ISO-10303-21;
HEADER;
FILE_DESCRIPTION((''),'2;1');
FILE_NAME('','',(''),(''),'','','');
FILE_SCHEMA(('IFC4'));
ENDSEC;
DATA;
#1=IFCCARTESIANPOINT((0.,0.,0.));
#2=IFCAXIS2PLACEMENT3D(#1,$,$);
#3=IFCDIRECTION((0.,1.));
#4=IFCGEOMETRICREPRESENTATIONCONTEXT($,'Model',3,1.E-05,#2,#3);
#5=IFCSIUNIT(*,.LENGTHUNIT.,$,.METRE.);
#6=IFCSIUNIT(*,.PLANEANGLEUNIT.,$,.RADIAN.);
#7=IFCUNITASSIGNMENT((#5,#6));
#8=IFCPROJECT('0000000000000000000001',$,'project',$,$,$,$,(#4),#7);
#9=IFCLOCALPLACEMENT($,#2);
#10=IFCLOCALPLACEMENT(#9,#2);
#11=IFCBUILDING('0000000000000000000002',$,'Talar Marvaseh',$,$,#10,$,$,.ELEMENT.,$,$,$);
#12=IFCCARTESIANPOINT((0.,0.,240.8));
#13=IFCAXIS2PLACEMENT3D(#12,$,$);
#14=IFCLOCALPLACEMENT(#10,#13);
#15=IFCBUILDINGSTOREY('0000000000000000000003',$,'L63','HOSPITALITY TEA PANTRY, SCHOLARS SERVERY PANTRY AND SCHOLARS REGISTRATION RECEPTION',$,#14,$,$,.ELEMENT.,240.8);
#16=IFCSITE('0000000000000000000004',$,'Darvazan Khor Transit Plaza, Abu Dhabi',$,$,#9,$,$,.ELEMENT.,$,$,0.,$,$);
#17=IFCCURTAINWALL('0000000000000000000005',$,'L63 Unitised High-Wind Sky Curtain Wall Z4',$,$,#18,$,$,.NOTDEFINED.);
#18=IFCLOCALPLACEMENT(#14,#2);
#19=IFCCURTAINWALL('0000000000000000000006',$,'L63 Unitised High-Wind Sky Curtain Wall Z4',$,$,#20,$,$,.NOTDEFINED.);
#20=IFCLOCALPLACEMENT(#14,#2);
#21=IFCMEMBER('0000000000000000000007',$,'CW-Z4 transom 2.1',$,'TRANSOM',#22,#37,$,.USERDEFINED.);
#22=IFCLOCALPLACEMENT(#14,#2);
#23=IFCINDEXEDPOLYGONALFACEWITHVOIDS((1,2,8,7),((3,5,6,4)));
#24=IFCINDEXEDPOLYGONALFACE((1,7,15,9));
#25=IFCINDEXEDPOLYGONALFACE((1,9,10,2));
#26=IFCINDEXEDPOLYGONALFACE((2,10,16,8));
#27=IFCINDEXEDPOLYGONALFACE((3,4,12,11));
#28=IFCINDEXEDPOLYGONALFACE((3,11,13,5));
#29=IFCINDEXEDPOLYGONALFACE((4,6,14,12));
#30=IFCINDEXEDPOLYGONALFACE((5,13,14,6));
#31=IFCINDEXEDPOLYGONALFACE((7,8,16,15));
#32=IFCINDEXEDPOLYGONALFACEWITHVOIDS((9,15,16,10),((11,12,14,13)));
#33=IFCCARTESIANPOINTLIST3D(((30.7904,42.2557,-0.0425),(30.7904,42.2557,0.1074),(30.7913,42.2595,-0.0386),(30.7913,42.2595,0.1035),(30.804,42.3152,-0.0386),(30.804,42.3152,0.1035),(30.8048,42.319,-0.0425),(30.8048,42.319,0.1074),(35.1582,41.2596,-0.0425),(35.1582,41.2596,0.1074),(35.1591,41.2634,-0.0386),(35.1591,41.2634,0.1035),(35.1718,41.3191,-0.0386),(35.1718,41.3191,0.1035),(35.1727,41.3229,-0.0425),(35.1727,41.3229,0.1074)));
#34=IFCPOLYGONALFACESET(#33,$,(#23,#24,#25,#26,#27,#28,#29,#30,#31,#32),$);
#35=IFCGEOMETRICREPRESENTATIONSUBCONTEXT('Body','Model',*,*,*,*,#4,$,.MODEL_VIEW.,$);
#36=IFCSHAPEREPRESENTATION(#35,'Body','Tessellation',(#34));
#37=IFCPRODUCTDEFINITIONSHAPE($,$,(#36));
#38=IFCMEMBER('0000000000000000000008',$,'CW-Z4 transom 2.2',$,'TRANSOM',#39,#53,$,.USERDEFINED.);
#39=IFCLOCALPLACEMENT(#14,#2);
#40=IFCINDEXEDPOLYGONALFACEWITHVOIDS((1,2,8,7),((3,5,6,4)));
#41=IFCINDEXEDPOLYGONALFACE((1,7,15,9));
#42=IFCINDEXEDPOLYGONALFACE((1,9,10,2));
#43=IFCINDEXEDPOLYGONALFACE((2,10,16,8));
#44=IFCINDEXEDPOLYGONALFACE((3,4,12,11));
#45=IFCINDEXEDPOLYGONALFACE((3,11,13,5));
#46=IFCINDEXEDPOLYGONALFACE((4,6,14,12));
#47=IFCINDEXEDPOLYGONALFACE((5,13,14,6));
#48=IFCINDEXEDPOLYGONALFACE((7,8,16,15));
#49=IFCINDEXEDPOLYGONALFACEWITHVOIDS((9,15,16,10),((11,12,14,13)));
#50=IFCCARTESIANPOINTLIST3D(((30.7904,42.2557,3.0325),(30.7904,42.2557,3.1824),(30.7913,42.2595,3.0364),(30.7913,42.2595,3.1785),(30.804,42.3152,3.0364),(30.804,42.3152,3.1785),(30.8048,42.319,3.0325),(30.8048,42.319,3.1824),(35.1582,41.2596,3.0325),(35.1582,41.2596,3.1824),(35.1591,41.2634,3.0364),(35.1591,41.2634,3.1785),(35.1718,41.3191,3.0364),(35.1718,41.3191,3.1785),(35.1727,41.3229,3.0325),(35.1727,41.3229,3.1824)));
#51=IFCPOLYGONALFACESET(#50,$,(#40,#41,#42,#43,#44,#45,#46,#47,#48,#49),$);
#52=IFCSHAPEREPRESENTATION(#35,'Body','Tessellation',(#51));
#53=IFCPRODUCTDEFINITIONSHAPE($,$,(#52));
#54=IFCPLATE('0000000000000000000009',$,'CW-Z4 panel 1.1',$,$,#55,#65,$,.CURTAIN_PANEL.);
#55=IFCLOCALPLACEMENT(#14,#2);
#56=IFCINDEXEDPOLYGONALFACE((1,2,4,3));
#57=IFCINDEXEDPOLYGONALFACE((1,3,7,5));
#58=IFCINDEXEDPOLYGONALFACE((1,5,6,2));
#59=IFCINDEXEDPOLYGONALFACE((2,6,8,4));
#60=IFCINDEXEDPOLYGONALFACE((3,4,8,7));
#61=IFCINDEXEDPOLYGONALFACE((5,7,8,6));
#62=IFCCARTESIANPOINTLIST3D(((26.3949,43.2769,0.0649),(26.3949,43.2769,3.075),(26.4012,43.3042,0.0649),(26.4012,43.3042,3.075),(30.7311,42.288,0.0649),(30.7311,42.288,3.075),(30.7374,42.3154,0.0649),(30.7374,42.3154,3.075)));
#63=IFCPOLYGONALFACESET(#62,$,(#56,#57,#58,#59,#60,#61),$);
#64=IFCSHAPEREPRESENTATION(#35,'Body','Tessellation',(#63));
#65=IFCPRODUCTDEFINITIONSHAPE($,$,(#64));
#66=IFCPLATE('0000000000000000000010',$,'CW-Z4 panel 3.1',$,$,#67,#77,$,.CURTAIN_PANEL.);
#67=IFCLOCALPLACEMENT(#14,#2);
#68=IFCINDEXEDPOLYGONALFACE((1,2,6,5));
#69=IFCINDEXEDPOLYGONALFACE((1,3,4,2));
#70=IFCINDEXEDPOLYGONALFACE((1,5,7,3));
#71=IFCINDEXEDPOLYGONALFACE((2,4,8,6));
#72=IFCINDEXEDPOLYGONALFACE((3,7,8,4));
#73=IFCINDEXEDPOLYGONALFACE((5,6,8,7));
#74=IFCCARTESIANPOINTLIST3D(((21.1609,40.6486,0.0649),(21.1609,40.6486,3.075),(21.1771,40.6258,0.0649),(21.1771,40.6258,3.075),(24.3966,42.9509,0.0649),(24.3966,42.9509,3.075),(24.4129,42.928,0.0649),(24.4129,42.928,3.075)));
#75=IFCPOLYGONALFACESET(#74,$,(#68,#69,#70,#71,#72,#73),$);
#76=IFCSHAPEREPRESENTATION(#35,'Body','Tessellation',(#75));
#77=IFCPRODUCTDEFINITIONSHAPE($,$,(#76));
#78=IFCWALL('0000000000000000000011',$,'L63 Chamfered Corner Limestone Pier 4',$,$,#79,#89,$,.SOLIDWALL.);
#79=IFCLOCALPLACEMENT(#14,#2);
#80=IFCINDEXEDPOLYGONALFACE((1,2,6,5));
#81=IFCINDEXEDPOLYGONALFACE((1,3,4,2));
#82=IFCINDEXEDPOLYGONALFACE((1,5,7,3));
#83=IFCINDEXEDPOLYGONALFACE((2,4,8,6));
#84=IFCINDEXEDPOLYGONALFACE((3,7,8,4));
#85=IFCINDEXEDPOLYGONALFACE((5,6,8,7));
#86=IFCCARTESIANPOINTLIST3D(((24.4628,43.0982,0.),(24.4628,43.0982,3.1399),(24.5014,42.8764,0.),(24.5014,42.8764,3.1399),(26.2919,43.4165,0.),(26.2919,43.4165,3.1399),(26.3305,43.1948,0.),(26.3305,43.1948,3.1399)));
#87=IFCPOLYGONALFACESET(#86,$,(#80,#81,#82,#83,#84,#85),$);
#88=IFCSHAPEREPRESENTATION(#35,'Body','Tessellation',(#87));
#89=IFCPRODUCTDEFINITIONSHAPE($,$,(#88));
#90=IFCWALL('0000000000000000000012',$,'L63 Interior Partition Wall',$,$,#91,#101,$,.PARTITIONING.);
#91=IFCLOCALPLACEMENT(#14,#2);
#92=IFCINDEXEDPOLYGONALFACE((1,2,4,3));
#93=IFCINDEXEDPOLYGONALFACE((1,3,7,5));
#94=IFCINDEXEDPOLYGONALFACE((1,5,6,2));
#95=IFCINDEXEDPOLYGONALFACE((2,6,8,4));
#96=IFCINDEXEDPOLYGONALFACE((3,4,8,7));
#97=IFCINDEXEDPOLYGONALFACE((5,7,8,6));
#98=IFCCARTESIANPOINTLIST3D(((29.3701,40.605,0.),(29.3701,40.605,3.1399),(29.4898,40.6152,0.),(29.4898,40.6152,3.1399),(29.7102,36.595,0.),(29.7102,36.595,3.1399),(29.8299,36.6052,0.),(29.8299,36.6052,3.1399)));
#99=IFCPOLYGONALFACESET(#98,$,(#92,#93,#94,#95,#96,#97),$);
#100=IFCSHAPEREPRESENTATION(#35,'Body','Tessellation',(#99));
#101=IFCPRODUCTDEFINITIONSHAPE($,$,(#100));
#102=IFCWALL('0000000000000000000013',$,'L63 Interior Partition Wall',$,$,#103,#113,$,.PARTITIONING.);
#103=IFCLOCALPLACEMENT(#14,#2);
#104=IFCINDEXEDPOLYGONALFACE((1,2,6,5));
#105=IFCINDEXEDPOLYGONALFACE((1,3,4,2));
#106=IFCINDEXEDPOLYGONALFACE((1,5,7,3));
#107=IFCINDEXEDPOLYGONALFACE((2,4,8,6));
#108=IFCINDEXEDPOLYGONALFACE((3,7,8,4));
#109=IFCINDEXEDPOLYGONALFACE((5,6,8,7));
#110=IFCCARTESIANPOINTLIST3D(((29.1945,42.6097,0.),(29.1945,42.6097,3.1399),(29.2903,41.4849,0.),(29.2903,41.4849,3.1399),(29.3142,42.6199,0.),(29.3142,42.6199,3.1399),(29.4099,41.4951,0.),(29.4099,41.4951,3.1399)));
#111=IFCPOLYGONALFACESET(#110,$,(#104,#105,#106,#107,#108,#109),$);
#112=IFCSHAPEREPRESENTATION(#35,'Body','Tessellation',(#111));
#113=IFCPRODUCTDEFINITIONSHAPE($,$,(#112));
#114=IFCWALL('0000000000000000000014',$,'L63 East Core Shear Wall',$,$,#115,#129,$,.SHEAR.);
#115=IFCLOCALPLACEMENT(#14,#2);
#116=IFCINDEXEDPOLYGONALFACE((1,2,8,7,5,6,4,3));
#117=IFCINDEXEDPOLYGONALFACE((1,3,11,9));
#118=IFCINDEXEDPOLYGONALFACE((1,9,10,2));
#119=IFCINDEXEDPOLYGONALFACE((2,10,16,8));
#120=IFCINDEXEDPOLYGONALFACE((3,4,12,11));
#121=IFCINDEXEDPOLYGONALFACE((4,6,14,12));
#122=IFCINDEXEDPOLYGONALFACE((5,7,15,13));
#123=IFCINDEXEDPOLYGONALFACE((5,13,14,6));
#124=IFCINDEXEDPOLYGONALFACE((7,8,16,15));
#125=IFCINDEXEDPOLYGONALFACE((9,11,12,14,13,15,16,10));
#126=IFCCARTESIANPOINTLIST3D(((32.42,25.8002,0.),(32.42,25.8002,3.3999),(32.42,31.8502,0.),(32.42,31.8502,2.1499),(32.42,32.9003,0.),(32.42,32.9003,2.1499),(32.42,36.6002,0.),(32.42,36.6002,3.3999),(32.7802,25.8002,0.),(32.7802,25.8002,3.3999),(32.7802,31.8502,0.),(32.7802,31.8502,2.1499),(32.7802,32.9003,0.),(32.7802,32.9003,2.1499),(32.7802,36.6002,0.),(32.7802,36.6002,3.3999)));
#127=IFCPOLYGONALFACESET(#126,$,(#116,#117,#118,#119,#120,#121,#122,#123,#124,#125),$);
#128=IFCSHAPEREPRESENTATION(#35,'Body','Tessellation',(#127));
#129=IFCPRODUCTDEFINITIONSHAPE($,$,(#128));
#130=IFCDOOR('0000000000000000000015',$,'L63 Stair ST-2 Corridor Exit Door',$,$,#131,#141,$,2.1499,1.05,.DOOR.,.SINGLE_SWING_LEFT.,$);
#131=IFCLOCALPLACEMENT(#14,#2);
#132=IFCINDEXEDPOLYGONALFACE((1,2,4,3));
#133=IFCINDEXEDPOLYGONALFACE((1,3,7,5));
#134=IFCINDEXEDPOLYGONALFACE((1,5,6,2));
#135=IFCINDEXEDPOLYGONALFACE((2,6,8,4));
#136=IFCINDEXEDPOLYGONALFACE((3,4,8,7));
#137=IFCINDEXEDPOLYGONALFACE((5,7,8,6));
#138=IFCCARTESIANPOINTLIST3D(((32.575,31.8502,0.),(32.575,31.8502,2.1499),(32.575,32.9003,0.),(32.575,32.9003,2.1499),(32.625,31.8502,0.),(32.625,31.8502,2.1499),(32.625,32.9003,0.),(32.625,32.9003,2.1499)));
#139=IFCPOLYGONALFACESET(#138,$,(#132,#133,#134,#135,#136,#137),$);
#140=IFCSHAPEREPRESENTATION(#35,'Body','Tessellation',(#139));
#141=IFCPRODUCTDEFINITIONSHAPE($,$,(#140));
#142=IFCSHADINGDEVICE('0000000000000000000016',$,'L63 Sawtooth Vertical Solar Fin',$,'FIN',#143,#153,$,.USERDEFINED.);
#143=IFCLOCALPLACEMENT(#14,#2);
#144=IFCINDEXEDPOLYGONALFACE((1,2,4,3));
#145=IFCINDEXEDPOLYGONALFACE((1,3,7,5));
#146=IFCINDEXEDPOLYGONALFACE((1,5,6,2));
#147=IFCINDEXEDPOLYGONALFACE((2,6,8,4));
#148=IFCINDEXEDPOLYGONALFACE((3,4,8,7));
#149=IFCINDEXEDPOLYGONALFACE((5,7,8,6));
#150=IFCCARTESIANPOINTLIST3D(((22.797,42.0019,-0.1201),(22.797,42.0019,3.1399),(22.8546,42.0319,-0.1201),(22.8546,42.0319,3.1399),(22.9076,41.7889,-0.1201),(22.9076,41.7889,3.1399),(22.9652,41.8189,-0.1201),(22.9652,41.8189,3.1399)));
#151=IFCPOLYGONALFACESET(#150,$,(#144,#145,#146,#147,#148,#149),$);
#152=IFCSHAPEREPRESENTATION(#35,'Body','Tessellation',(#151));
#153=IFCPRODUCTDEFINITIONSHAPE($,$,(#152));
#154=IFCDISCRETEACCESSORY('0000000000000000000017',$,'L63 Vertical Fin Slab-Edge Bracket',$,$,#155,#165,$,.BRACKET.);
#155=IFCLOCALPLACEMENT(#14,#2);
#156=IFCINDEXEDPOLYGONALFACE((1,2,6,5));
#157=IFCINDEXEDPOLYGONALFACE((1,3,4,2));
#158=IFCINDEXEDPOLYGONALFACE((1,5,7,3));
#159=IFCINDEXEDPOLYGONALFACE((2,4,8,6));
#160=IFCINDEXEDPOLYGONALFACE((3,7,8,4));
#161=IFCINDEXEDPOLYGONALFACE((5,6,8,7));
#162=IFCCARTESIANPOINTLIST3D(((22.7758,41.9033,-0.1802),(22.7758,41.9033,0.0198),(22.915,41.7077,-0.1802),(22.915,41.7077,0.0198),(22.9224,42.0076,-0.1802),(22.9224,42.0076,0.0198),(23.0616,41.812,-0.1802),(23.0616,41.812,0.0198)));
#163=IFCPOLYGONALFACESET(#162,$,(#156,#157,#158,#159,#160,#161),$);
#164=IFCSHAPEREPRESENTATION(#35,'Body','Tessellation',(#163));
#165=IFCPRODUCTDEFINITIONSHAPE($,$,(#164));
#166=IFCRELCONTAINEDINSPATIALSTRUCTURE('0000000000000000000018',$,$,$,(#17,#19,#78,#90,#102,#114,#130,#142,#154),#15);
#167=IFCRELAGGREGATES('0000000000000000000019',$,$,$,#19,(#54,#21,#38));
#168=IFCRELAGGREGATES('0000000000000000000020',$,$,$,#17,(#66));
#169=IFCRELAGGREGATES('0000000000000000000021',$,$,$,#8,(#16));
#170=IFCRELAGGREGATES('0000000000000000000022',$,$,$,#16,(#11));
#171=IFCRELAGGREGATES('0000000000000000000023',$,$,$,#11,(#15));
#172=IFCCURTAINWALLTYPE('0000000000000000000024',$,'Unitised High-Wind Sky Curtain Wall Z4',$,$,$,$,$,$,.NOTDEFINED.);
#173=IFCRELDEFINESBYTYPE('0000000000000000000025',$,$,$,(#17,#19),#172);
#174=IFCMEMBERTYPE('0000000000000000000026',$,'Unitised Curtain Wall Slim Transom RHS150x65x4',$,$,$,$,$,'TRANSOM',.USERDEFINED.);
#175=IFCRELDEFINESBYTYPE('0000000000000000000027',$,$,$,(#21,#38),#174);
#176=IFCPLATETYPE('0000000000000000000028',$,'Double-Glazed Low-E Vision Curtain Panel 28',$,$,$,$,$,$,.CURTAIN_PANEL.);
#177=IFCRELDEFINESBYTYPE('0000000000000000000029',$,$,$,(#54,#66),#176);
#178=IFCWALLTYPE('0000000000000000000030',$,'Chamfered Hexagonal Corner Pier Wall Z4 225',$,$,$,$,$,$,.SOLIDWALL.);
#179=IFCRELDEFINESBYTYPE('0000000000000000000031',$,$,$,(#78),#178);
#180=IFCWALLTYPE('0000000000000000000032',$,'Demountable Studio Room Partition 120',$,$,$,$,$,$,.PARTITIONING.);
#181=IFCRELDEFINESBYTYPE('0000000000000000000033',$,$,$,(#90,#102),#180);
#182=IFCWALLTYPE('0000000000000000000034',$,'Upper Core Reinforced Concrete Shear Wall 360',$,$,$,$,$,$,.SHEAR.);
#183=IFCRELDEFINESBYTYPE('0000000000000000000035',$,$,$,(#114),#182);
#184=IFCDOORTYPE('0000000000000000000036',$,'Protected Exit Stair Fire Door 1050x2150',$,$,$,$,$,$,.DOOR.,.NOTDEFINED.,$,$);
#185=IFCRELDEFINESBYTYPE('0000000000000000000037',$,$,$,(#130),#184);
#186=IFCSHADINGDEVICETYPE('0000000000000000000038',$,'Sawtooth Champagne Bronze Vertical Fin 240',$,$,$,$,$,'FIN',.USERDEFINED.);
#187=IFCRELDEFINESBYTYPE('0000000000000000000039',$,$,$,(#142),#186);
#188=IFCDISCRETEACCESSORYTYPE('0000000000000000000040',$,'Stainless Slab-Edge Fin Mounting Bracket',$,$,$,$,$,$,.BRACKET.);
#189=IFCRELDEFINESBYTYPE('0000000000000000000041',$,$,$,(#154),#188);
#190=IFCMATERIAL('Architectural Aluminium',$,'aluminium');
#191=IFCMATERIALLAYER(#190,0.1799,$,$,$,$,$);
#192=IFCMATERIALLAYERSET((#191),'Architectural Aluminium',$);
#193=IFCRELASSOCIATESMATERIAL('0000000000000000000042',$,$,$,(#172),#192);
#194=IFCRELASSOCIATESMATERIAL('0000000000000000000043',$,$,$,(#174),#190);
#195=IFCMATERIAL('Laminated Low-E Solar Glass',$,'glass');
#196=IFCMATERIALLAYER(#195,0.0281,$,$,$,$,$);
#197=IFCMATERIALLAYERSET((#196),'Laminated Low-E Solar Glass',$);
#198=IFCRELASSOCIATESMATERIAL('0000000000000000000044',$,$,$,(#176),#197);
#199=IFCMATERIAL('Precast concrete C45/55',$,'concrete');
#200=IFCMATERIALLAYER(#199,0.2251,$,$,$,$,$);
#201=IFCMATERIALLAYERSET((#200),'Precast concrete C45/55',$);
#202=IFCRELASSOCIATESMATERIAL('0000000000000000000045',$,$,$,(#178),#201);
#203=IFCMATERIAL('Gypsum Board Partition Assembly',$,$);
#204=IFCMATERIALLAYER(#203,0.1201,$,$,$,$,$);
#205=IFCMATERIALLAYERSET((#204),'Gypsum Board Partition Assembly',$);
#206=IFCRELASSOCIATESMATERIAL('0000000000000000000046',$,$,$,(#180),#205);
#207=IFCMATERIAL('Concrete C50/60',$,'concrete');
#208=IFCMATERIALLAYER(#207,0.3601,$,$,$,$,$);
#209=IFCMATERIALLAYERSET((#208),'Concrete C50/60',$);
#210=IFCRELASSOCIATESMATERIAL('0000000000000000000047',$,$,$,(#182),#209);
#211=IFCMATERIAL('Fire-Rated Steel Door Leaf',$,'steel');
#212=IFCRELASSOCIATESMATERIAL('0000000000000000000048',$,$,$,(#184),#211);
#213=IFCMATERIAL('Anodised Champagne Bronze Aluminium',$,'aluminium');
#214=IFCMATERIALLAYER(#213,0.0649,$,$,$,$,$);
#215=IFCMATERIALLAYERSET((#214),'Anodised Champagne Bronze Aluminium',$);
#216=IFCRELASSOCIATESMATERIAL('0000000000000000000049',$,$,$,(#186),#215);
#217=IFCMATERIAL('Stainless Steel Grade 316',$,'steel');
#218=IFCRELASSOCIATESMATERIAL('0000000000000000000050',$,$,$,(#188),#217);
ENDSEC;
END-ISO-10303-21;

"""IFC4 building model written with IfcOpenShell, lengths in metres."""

from ifc_helpers import new_model, si_unit, direction, frame, frame_2d, origin, origin_2d, place, context, subcontext, project, spatial, rectangle, hollow_rectangle, extrude, source, transform, mapped, material, layer, layer_set, material_profile, profile_set, type_object, type_shapes, element, fill, aggregate, save


model = new_model("IFC4")

# Units and contexts
model_context = context("Model", 3, precision=1e-05, world=origin(), true_north=direction((0.0, 1.0)))
body_context = subcontext(model_context, "Body", "Model", "MODEL_VIEW")
ifc_project = project(units=[si_unit("LENGTHUNIT", "METRE"), si_unit("PLANEANGLEUNIT", "RADIAN")], contexts=[model_context])

# Site, building, storey
site_placement = place(None, origin())
site = spatial("IfcSite", under=ifc_project, at=site_placement, Name="Darvazan Khor Transit Plaza, Abu Dhabi", CompositionType="ELEMENT", RefElevation=0.0)
building_placement = place(site_placement, origin())
building = spatial("IfcBuilding", under=site, at=building_placement, Name="Talar Marvaseh", CompositionType="ELEMENT")
storey_placement = place(building_placement, frame((0.0, 0.0, 240.8)))
storey = spatial("IfcBuildingStorey", under=building, at=storey_placement, Name="L63", Description="HOSPITALITY TEA PANTRY, SCHOLARS SERVERY PANTRY AND SCHOLARS REGISTRATION RECEPTION", CompositionType="ELEMENT", Elevation=240.8)

# Shared definitions
ifc_material_1 = material(Name="Concrete C50/60", Category="concrete")

# Curtain wall
ifc_material_2 = material(Name="Architectural Aluminium", Category="aluminium")
ifc_layer_1 = layer(ifc_material_2, 0.1799)
ifc_layer_set_1 = layer_set([ifc_layer_1], Name="Architectural Aluminium")
curtain_wall_type = type_object("IfcCurtainWallType", Name="Unitised High-Wind Sky Curtain Wall Z4", PredefinedType="NOTDEFINED", material=ifc_layer_set_1)
curtain_wall_1_placement = place(storey_placement, origin())
curtain_wall_1 = element("IfcCurtainWall", 1, at=curtain_wall_1_placement, inside=storey, type_object=curtain_wall_type, Name="L63 Unitised High-Wind Sky Curtain Wall Z4", PredefinedType="NOTDEFINED")

# Curtain wall, members, plate
curtain_wall_2_placement = place(storey_placement, origin())
curtain_wall_2 = element("IfcCurtainWall", 2, at=curtain_wall_2_placement, inside=storey, type_object=curtain_wall_type, Name="L63 Unitised High-Wind Sky Curtain Wall Z4", PredefinedType="NOTDEFINED")
ifc_material_profile_1 = material_profile(ifc_material_2, hollow_rectangle(XDim=0.0649, YDim=0.1499, WallThickness=0.0039, at=origin_2d()), Name="RHS150x65x4")
ifc_profile_set_1 = profile_set([ifc_material_profile_1], Name="Architectural Aluminium")
member_type_1 = type_object("IfcMemberType", Name="Unitised Curtain Wall Slim Transom RHS150x65x4", ElementType="TRANSOM", PredefinedType="USERDEFINED", material=ifc_profile_set_1)
shared_shape_1 = source(origin(), body_context, "Body", "SweptSolid", [
    extrude(hollow_rectangle(XDim=0.0649, YDim=0.1499, WallThickness=0.0039, at=origin_2d()), origin(), (0.0, 0.0, 1.0), 4.48),
])
member_1_placement = place(storey_placement, frame((30.7976, 42.2874, 0.0325), z_axis=(0.974969, -0.222339, 0.0), x_axis=(0.222339, 0.974969, 0.0)))
member_1 = element("IfcMember", 3, at=member_1_placement, type_object=member_type_1, Name="CW-Z4 transom 2.1", ObjectType="TRANSOM", PredefinedType="USERDEFINED", context=body_context, shape_type="MappedRepresentation", body=[
    mapped(shared_shape_1, transform((0.0, 0.0, 0.0), x_axis=(1.0, 0.0, 0.0), y_axis=(0.0, 1.0, 0.0), z_axis=(0.0, 0.0, 1.0), scale=1.0)),
])
member_2_placement = place(storey_placement, frame((30.7976, 42.2874, 3.1074), z_axis=(0.974969, -0.222339, 0.0), x_axis=(0.222339, 0.974969, 0.0)))
member_2 = element("IfcMember", 4, at=member_2_placement, type_object=member_type_1, Name="CW-Z4 transom 2.2", ObjectType="TRANSOM", PredefinedType="USERDEFINED", context=body_context, shape_type="MappedRepresentation", body=[
    mapped(shared_shape_1, transform((0.0, 0.0, 0.0), x_axis=(1.0, 0.0, 0.0), y_axis=(0.0, 1.0, 0.0), z_axis=(0.0, 0.0, 1.0), scale=1.0)),
])
ifc_material_3 = material(Name="Laminated Low-E Solar Glass", Category="glass")
ifc_layer_2 = layer(ifc_material_3, 0.0281)
ifc_layer_set_2 = layer_set([ifc_layer_2], Name="Laminated Low-E Solar Glass")
plate_type = type_object("IfcPlateType", Name="Double-Glazed Low-E Vision Curtain Panel 28", PredefinedType="CURTAIN_PANEL", material=ifc_layer_set_2)
shared_shape_2 = source(origin(), body_context, "Body", "SweptSolid", [
    extrude(rectangle(XDim=4.4475, YDim=0.0281, at=origin_2d()), origin(), (0.0, 0.0, 1.0), 3.01),
])
plate_1_placement = place(storey_placement, frame((28.5662, 42.7961, 0.0649), z_axis=(0.0, 0.0, 1.0), x_axis=(0.97497, -0.222336, 0.0)))
plate_1 = element("IfcPlate", 5, at=plate_1_placement, type_object=plate_type, Name="CW-Z4 panel 1.1", PredefinedType="CURTAIN_PANEL", context=body_context, shape_type="MappedRepresentation", body=[
    mapped(shared_shape_2, transform((0.0, 0.0, 0.0), x_axis=(1.0, 0.0, 0.0), y_axis=(0.0, 1.0, 0.0), z_axis=(0.0, 0.0, 1.0), scale=1.0)),
])
aggregate(curtain_wall_2, [plate_1, member_1, member_2])

# Plate
shared_shape_3 = source(origin(), body_context, "Body", "SweptSolid", [
    extrude(rectangle(XDim=3.9712, YDim=0.0281, at=origin_2d()), origin(), (0.0, 0.0, 1.0), 3.01),
])
type_shapes(plate_type, [shared_shape_2, shared_shape_3])
plate_2_placement = place(storey_placement, frame((22.7869, 41.7883, 0.0649), z_axis=(0.0, 0.0, 1.0), x_axis=(0.8148, 0.579742, 0.0)))
plate_2 = element("IfcPlate", 6, at=plate_2_placement, type_object=plate_type, Name="CW-Z4 panel 3.1", PredefinedType="CURTAIN_PANEL", context=body_context, shape_type="MappedRepresentation", body=[
    mapped(shared_shape_3, transform((0.0, 0.0, 0.0), x_axis=(1.0, 0.0, 0.0), y_axis=(0.0, 1.0, 0.0), z_axis=(0.0, 0.0, 1.0), scale=1.0)),
])
aggregate(curtain_wall_1, [plate_2])

# Walls
ifc_material_4 = material(Name="Precast concrete C45/55", Category="concrete")
ifc_layer_3 = layer(ifc_material_4, 0.2251)
ifc_layer_set_3 = layer_set([ifc_layer_3], Name="Precast concrete C45/55")
wall_type_1 = type_object("IfcWallType", Name="Chamfered Hexagonal Corner Pier Wall Z4 225", PredefinedType="SOLIDWALL", material=ifc_layer_set_3)
wall_1_placement = place(storey_placement, frame((24.4822, 42.9873, 0.0), z_axis=(0.0, 0.0, 1.0), x_axis=(0.985189, 0.171474, 0.0)))
element("IfcWall", 7, at=wall_1_placement, inside=storey, type_object=wall_type_1, Name="L63 Chamfered Corner Limestone Pier 4", PredefinedType="SOLIDWALL", context=body_context, shape_type="SweptSolid", body=[
    extrude(rectangle(XDim=1.8567, YDim=0.2251, at=frame_2d((0.9282, 0.0))), origin(), (0.0, 0.0, 1.0), 3.1399),
])
ifc_material_5 = material(Name="Gypsum Board Partition Assembly")
ifc_layer_4 = layer(ifc_material_5, 0.1201)
ifc_layer_set_4 = layer_set([ifc_layer_4], Name="Gypsum Board Partition Assembly")
wall_type_2 = type_object("IfcWallType", Name="Demountable Studio Room Partition 120", PredefinedType="PARTITIONING", material=ifc_layer_set_4)
wall_2_placement = place(storey_placement, frame((29.77, 36.6001, 0.0), z_axis=(0.0, 0.0, 1.0), x_axis=(-0.084506, 0.996423, 0.0)))
element("IfcWall", 8, at=wall_2_placement, inside=storey, type_object=wall_type_2, Name="L63 Interior Partition Wall", PredefinedType="PARTITIONING", context=body_context, shape_type="SweptSolid", body=[
    extrude(rectangle(XDim=4.0244, YDim=0.1201, at=frame_2d((2.0122, 0.0))), origin(), (0.0, 0.0, 1.0), 3.1399),
])
wall_3_placement = place(storey_placement, frame((29.3501, 41.49, 0.0), z_axis=(0.0, 0.0, 1.0), x_axis=(-0.084782, 0.9964, 0.0)))
element("IfcWall", 9, at=wall_3_placement, inside=storey, type_object=wall_type_2, Name="L63 Interior Partition Wall", PredefinedType="PARTITIONING", context=body_context, shape_type="SweptSolid", body=[
    extrude(rectangle(XDim=1.1289, YDim=0.1201, at=frame_2d((0.5645, 0.0))), origin(), (0.0, 0.0, 1.0), 3.1399),
])

# Wall, opening, door
ifc_layer_5 = layer(ifc_material_1, 0.3601)
ifc_layer_set_5 = layer_set([ifc_layer_5], Name="Concrete C50/60")
wall_type_3 = type_object("IfcWallType", Name="Upper Core Reinforced Concrete Shear Wall 360", PredefinedType="SHEAR", material=ifc_layer_set_5)
wall_4_placement = place(storey_placement, frame((32.6001, 36.6001, 0.0), z_axis=(0.0, 0.0, 1.0), x_axis=(0.0, -1.0, 0.0)))
wall_4 = element("IfcWall", 10, at=wall_4_placement, inside=storey, type_object=wall_type_3, Name="L63 East Core Shear Wall", PredefinedType="SHEAR", context=body_context, shape_type="SweptSolid", body=[
    extrude(rectangle(XDim=10.8, YDim=0.3601, at=frame_2d((5.3999, 0.0))), origin(), (0.0, 0.0, 1.0), 3.3999),
])
opening_placement = place(wall_4_placement, frame((3.7, 0.0, 0.0)))
opening = element("IfcOpeningElement", 11, at=opening_placement, cuts=wall_4, PredefinedType="OPENING", context=body_context, shape_type="SweptSolid", body=[
    extrude(rectangle(XDim=1.05, YDim=2.1499, at=frame_2d((0.5249, 1.075))), frame((0.0, 0.1899, 0.0), z_axis=(0.0, -1.0, 0.0), x_axis=(1.0, 0.0, 0.0)), (0.0, 0.0, 1.0), 0.3801),
])
ifc_material_6 = material(Name="Fire-Rated Steel Door Leaf", Category="steel")
door_type = type_object("IfcDoorType", Name="Protected Exit Stair Fire Door 1050x2150", OperationType="NOTDEFINED", PredefinedType="DOOR", material=ifc_material_6)
shared_shape_4 = source(origin(), body_context, "Body", "SweptSolid", [
    extrude(rectangle(XDim=1.05, YDim=2.1499, at=frame_2d((0.5249, 1.075))), frame((0.0, 0.0249, 0.0), z_axis=(0.0, -1.0, 0.0), x_axis=(1.0, 0.0, 0.0)), (0.0, 0.0, 1.0), 0.05),
])
type_shapes(door_type, [shared_shape_4])
door_placement = place(opening_placement, origin())
door = element("IfcDoor", 12, at=door_placement, inside=storey, type_object=door_type, Name="L63 Stair ST-2 Corridor Exit Door", OperationType="SINGLE_SWING_LEFT", OverallHeight=2.1499, OverallWidth=1.05, PredefinedType="DOOR", context=body_context, shape_type="MappedRepresentation", body=[
    mapped(shared_shape_4, transform((0.0, 0.0, 0.0), x_axis=(1.0, 0.0, 0.0), y_axis=(0.0, 1.0, 0.0), z_axis=(0.0, 0.0, 1.0), scale=1.0)),
])
fill(opening, door)

# Shading device
ifc_material_7 = material(Name="Anodised Champagne Bronze Aluminium", Category="aluminium")
ifc_layer_6 = layer(ifc_material_7, 0.0649)
ifc_layer_set_6 = layer_set([ifc_layer_6], Name="Anodised Champagne Bronze Aluminium")
shading_device_type = type_object("IfcShadingDeviceType", Name="Sawtooth Champagne Bronze Vertical Fin 240", ElementType="FIN", PredefinedType="USERDEFINED", material=ifc_layer_set_6)
shared_shape_5 = source(origin(), body_context, "Body", "SweptSolid", [
    extrude(rectangle(XDim=0.24, YDim=0.0649, at=origin_2d()), origin(), (0.0, 0.0, 1.0), 3.26),
])
type_shapes(shading_device_type, [shared_shape_5])
shading_device_placement = place(storey_placement, frame((22.8811, 41.9104, -0.1201), z_axis=(0.0, 0.0, 1.0), x_axis=(-0.460665, 0.887574, 0.0)))
element("IfcShadingDevice", 13, at=shading_device_placement, inside=storey, type_object=shading_device_type, Name="L63 Sawtooth Vertical Solar Fin", ObjectType="FIN", PredefinedType="USERDEFINED", context=body_context, shape_type="MappedRepresentation", body=[
    mapped(shared_shape_5, transform((0.0, 0.0, 0.0), x_axis=(1.0, 0.0, 0.0), y_axis=(0.0, 1.0, 0.0), z_axis=(0.0, 0.0, 1.0), scale=1.0)),
])

# Discrete accessory
ifc_material_8 = material(Name="Stainless Steel Grade 316", Category="steel")
discrete_accessory_type = type_object("IfcDiscreteAccessoryType", Name="Stainless Slab-Edge Fin Mounting Bracket", PredefinedType="BRACKET", material=ifc_material_8)
shared_shape_6 = source(origin(), body_context, "Body", "SweptSolid", [
    extrude(rectangle(XDim=0.24, YDim=0.1799, at=origin_2d()), origin(), (0.0, 0.0, 1.0), 0.2),
])
type_shapes(discrete_accessory_type, [shared_shape_6])
discrete_accessory_placement = place(storey_placement, frame((22.9187, 41.8577, -0.1802), z_axis=(0.0, 0.0, 1.0), x_axis=(-0.579708, 0.814824, 0.0)))
element("IfcDiscreteAccessory", 14, at=discrete_accessory_placement, inside=storey, type_object=discrete_accessory_type, Name="L63 Vertical Fin Slab-Edge Bracket", PredefinedType="BRACKET", context=body_context, shape_type="MappedRepresentation", body=[
    mapped(shared_shape_6, transform((0.0, 0.0, 0.0), x_axis=(1.0, 0.0, 0.0), y_axis=(0.0, 1.0, 0.0), z_axis=(0.0, 0.0, 1.0), scale=1.0)),
])

save(model, "model.ifc")
